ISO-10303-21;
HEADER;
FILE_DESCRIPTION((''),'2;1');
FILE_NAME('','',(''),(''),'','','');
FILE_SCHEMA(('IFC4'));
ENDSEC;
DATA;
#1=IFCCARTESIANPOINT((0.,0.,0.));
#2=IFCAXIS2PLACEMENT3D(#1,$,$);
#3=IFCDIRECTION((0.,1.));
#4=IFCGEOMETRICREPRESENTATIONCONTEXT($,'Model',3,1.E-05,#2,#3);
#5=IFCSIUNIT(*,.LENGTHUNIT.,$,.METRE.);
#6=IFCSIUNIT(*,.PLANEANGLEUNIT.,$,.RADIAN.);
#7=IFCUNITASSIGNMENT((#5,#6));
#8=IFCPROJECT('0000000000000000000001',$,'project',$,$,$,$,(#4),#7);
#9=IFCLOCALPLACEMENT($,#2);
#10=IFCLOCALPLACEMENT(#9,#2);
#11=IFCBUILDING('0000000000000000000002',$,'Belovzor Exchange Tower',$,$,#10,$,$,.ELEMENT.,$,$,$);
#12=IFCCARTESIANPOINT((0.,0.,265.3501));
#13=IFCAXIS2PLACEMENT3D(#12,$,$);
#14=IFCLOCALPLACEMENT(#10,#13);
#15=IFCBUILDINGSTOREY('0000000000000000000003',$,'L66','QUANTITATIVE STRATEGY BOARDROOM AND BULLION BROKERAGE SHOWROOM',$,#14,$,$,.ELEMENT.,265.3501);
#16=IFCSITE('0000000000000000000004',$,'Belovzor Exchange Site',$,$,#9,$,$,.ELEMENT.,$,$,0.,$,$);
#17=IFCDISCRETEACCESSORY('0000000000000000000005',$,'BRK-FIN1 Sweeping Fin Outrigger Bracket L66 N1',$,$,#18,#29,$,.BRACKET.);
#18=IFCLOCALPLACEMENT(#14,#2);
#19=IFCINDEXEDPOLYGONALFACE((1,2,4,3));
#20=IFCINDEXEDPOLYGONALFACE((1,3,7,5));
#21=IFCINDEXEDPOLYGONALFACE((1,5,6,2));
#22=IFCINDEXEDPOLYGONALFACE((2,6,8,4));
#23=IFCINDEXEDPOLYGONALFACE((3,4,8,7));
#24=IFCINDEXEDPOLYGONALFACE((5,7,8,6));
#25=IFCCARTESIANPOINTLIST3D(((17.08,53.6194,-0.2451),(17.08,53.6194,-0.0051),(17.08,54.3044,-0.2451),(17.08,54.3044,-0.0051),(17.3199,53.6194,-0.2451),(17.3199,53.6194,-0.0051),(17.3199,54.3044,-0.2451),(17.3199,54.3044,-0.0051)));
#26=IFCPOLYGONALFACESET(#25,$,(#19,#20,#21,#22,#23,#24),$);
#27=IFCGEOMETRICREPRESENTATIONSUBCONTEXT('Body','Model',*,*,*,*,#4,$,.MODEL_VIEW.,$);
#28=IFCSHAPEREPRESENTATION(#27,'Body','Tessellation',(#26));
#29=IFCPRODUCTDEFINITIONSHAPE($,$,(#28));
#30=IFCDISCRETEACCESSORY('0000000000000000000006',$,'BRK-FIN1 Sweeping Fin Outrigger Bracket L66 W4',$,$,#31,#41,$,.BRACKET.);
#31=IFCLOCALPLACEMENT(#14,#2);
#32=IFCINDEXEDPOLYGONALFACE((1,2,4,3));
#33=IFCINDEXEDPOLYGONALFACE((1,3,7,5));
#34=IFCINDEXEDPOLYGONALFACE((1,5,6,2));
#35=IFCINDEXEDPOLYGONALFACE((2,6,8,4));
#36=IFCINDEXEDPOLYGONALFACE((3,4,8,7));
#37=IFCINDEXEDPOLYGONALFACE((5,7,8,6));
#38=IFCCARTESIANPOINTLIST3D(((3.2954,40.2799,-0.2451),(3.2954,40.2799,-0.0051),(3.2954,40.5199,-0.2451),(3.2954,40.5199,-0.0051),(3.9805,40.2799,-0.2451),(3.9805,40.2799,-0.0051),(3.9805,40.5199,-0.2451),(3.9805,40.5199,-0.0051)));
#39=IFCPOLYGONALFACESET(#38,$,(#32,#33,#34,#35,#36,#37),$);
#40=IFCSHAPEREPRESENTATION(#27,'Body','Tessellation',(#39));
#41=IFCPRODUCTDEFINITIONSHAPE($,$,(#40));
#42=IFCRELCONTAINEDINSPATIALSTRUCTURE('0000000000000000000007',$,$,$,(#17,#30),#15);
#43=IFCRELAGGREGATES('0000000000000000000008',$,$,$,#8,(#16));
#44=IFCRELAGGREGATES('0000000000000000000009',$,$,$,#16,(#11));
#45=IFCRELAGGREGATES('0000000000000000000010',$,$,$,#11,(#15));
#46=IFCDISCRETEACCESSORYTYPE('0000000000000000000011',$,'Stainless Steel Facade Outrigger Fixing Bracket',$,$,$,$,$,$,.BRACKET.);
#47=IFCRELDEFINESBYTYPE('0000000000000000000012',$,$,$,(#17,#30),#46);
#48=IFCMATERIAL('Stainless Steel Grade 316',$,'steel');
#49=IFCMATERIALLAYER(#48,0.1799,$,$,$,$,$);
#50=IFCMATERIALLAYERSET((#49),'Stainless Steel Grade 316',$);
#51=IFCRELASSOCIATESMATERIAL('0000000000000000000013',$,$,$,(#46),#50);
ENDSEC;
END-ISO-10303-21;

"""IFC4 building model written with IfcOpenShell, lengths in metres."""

from ifc_helpers import new_model, si_unit, direction, frame, origin, origin_2d, place, context, subcontext, project, spatial, rectangle, extrude, material, layer, layer_set, type_object, element, save


model = new_model("IFC4")

# Units and contexts
model_context = context("Model", 3, precision=1e-05, world=origin(), true_north=direction((0.0, 1.0)))
body_context = subcontext(model_context, "Body", "Model", "MODEL_VIEW")
ifc_project = project(units=[si_unit("LENGTHUNIT", "METRE"), si_unit("PLANEANGLEUNIT", "RADIAN")], contexts=[model_context])

# Site, building, storey
site_placement = place(None, origin())
site = spatial("IfcSite", under=ifc_project, at=site_placement, Name="Belovzor Exchange Site", CompositionType="ELEMENT", RefElevation=0.0)
building_placement = place(site_placement, origin())
building = spatial("IfcBuilding", under=site, at=building_placement, Name="Belovzor Exchange Tower", CompositionType="ELEMENT")
storey_placement = place(building_placement, frame((0.0, 0.0, 265.3501)))
storey = spatial("IfcBuildingStorey", under=building, at=storey_placement, Name="L66", Description="QUANTITATIVE STRATEGY BOARDROOM AND BULLION BROKERAGE SHOWROOM", CompositionType="ELEMENT", Elevation=265.3501)

# Discrete accessories
ifc_material_1 = material(Name="Stainless Steel Grade 316", Category="steel")
ifc_layer_1 = layer(ifc_material_1, 0.1799)
ifc_layer_set_1 = layer_set([ifc_layer_1], Name="Stainless Steel Grade 316")
discrete_accessory_type = type_object("IfcDiscreteAccessoryType", Name="Stainless Steel Facade Outrigger Fixing Bracket", PredefinedType="BRACKET", material=ifc_layer_set_1)
for number, where, z_axis, x_axis, name in (
    (1, (17.2, 53.9619, -0.2451), (0.0, 0.0, 1.0), (0.0, 1.0, 0.0), "BRK-FIN1 Sweeping Fin Outrigger Bracket L66 N1"),
    (2, (3.6379, 40.3999, -0.2451), (0.0, 0.0, 1.0), (1.0, 0.0, 0.0), "BRK-FIN1 Sweeping Fin Outrigger Bracket L66 W4"),
):
    element("IfcDiscreteAccessory", number, at=place(storey_placement, frame(where, z_axis=z_axis, x_axis=x_axis)), inside=storey, type_object=discrete_accessory_type, Name=name, PredefinedType="BRACKET", context=body_context, shape_type="SweptSolid", body=[
        extrude(rectangle(XDim=0.6851, YDim=0.24, at=origin_2d()), origin(), (0.0, 0.0, 1.0), 0.24),
    ])

save(model, "model.ifc")
